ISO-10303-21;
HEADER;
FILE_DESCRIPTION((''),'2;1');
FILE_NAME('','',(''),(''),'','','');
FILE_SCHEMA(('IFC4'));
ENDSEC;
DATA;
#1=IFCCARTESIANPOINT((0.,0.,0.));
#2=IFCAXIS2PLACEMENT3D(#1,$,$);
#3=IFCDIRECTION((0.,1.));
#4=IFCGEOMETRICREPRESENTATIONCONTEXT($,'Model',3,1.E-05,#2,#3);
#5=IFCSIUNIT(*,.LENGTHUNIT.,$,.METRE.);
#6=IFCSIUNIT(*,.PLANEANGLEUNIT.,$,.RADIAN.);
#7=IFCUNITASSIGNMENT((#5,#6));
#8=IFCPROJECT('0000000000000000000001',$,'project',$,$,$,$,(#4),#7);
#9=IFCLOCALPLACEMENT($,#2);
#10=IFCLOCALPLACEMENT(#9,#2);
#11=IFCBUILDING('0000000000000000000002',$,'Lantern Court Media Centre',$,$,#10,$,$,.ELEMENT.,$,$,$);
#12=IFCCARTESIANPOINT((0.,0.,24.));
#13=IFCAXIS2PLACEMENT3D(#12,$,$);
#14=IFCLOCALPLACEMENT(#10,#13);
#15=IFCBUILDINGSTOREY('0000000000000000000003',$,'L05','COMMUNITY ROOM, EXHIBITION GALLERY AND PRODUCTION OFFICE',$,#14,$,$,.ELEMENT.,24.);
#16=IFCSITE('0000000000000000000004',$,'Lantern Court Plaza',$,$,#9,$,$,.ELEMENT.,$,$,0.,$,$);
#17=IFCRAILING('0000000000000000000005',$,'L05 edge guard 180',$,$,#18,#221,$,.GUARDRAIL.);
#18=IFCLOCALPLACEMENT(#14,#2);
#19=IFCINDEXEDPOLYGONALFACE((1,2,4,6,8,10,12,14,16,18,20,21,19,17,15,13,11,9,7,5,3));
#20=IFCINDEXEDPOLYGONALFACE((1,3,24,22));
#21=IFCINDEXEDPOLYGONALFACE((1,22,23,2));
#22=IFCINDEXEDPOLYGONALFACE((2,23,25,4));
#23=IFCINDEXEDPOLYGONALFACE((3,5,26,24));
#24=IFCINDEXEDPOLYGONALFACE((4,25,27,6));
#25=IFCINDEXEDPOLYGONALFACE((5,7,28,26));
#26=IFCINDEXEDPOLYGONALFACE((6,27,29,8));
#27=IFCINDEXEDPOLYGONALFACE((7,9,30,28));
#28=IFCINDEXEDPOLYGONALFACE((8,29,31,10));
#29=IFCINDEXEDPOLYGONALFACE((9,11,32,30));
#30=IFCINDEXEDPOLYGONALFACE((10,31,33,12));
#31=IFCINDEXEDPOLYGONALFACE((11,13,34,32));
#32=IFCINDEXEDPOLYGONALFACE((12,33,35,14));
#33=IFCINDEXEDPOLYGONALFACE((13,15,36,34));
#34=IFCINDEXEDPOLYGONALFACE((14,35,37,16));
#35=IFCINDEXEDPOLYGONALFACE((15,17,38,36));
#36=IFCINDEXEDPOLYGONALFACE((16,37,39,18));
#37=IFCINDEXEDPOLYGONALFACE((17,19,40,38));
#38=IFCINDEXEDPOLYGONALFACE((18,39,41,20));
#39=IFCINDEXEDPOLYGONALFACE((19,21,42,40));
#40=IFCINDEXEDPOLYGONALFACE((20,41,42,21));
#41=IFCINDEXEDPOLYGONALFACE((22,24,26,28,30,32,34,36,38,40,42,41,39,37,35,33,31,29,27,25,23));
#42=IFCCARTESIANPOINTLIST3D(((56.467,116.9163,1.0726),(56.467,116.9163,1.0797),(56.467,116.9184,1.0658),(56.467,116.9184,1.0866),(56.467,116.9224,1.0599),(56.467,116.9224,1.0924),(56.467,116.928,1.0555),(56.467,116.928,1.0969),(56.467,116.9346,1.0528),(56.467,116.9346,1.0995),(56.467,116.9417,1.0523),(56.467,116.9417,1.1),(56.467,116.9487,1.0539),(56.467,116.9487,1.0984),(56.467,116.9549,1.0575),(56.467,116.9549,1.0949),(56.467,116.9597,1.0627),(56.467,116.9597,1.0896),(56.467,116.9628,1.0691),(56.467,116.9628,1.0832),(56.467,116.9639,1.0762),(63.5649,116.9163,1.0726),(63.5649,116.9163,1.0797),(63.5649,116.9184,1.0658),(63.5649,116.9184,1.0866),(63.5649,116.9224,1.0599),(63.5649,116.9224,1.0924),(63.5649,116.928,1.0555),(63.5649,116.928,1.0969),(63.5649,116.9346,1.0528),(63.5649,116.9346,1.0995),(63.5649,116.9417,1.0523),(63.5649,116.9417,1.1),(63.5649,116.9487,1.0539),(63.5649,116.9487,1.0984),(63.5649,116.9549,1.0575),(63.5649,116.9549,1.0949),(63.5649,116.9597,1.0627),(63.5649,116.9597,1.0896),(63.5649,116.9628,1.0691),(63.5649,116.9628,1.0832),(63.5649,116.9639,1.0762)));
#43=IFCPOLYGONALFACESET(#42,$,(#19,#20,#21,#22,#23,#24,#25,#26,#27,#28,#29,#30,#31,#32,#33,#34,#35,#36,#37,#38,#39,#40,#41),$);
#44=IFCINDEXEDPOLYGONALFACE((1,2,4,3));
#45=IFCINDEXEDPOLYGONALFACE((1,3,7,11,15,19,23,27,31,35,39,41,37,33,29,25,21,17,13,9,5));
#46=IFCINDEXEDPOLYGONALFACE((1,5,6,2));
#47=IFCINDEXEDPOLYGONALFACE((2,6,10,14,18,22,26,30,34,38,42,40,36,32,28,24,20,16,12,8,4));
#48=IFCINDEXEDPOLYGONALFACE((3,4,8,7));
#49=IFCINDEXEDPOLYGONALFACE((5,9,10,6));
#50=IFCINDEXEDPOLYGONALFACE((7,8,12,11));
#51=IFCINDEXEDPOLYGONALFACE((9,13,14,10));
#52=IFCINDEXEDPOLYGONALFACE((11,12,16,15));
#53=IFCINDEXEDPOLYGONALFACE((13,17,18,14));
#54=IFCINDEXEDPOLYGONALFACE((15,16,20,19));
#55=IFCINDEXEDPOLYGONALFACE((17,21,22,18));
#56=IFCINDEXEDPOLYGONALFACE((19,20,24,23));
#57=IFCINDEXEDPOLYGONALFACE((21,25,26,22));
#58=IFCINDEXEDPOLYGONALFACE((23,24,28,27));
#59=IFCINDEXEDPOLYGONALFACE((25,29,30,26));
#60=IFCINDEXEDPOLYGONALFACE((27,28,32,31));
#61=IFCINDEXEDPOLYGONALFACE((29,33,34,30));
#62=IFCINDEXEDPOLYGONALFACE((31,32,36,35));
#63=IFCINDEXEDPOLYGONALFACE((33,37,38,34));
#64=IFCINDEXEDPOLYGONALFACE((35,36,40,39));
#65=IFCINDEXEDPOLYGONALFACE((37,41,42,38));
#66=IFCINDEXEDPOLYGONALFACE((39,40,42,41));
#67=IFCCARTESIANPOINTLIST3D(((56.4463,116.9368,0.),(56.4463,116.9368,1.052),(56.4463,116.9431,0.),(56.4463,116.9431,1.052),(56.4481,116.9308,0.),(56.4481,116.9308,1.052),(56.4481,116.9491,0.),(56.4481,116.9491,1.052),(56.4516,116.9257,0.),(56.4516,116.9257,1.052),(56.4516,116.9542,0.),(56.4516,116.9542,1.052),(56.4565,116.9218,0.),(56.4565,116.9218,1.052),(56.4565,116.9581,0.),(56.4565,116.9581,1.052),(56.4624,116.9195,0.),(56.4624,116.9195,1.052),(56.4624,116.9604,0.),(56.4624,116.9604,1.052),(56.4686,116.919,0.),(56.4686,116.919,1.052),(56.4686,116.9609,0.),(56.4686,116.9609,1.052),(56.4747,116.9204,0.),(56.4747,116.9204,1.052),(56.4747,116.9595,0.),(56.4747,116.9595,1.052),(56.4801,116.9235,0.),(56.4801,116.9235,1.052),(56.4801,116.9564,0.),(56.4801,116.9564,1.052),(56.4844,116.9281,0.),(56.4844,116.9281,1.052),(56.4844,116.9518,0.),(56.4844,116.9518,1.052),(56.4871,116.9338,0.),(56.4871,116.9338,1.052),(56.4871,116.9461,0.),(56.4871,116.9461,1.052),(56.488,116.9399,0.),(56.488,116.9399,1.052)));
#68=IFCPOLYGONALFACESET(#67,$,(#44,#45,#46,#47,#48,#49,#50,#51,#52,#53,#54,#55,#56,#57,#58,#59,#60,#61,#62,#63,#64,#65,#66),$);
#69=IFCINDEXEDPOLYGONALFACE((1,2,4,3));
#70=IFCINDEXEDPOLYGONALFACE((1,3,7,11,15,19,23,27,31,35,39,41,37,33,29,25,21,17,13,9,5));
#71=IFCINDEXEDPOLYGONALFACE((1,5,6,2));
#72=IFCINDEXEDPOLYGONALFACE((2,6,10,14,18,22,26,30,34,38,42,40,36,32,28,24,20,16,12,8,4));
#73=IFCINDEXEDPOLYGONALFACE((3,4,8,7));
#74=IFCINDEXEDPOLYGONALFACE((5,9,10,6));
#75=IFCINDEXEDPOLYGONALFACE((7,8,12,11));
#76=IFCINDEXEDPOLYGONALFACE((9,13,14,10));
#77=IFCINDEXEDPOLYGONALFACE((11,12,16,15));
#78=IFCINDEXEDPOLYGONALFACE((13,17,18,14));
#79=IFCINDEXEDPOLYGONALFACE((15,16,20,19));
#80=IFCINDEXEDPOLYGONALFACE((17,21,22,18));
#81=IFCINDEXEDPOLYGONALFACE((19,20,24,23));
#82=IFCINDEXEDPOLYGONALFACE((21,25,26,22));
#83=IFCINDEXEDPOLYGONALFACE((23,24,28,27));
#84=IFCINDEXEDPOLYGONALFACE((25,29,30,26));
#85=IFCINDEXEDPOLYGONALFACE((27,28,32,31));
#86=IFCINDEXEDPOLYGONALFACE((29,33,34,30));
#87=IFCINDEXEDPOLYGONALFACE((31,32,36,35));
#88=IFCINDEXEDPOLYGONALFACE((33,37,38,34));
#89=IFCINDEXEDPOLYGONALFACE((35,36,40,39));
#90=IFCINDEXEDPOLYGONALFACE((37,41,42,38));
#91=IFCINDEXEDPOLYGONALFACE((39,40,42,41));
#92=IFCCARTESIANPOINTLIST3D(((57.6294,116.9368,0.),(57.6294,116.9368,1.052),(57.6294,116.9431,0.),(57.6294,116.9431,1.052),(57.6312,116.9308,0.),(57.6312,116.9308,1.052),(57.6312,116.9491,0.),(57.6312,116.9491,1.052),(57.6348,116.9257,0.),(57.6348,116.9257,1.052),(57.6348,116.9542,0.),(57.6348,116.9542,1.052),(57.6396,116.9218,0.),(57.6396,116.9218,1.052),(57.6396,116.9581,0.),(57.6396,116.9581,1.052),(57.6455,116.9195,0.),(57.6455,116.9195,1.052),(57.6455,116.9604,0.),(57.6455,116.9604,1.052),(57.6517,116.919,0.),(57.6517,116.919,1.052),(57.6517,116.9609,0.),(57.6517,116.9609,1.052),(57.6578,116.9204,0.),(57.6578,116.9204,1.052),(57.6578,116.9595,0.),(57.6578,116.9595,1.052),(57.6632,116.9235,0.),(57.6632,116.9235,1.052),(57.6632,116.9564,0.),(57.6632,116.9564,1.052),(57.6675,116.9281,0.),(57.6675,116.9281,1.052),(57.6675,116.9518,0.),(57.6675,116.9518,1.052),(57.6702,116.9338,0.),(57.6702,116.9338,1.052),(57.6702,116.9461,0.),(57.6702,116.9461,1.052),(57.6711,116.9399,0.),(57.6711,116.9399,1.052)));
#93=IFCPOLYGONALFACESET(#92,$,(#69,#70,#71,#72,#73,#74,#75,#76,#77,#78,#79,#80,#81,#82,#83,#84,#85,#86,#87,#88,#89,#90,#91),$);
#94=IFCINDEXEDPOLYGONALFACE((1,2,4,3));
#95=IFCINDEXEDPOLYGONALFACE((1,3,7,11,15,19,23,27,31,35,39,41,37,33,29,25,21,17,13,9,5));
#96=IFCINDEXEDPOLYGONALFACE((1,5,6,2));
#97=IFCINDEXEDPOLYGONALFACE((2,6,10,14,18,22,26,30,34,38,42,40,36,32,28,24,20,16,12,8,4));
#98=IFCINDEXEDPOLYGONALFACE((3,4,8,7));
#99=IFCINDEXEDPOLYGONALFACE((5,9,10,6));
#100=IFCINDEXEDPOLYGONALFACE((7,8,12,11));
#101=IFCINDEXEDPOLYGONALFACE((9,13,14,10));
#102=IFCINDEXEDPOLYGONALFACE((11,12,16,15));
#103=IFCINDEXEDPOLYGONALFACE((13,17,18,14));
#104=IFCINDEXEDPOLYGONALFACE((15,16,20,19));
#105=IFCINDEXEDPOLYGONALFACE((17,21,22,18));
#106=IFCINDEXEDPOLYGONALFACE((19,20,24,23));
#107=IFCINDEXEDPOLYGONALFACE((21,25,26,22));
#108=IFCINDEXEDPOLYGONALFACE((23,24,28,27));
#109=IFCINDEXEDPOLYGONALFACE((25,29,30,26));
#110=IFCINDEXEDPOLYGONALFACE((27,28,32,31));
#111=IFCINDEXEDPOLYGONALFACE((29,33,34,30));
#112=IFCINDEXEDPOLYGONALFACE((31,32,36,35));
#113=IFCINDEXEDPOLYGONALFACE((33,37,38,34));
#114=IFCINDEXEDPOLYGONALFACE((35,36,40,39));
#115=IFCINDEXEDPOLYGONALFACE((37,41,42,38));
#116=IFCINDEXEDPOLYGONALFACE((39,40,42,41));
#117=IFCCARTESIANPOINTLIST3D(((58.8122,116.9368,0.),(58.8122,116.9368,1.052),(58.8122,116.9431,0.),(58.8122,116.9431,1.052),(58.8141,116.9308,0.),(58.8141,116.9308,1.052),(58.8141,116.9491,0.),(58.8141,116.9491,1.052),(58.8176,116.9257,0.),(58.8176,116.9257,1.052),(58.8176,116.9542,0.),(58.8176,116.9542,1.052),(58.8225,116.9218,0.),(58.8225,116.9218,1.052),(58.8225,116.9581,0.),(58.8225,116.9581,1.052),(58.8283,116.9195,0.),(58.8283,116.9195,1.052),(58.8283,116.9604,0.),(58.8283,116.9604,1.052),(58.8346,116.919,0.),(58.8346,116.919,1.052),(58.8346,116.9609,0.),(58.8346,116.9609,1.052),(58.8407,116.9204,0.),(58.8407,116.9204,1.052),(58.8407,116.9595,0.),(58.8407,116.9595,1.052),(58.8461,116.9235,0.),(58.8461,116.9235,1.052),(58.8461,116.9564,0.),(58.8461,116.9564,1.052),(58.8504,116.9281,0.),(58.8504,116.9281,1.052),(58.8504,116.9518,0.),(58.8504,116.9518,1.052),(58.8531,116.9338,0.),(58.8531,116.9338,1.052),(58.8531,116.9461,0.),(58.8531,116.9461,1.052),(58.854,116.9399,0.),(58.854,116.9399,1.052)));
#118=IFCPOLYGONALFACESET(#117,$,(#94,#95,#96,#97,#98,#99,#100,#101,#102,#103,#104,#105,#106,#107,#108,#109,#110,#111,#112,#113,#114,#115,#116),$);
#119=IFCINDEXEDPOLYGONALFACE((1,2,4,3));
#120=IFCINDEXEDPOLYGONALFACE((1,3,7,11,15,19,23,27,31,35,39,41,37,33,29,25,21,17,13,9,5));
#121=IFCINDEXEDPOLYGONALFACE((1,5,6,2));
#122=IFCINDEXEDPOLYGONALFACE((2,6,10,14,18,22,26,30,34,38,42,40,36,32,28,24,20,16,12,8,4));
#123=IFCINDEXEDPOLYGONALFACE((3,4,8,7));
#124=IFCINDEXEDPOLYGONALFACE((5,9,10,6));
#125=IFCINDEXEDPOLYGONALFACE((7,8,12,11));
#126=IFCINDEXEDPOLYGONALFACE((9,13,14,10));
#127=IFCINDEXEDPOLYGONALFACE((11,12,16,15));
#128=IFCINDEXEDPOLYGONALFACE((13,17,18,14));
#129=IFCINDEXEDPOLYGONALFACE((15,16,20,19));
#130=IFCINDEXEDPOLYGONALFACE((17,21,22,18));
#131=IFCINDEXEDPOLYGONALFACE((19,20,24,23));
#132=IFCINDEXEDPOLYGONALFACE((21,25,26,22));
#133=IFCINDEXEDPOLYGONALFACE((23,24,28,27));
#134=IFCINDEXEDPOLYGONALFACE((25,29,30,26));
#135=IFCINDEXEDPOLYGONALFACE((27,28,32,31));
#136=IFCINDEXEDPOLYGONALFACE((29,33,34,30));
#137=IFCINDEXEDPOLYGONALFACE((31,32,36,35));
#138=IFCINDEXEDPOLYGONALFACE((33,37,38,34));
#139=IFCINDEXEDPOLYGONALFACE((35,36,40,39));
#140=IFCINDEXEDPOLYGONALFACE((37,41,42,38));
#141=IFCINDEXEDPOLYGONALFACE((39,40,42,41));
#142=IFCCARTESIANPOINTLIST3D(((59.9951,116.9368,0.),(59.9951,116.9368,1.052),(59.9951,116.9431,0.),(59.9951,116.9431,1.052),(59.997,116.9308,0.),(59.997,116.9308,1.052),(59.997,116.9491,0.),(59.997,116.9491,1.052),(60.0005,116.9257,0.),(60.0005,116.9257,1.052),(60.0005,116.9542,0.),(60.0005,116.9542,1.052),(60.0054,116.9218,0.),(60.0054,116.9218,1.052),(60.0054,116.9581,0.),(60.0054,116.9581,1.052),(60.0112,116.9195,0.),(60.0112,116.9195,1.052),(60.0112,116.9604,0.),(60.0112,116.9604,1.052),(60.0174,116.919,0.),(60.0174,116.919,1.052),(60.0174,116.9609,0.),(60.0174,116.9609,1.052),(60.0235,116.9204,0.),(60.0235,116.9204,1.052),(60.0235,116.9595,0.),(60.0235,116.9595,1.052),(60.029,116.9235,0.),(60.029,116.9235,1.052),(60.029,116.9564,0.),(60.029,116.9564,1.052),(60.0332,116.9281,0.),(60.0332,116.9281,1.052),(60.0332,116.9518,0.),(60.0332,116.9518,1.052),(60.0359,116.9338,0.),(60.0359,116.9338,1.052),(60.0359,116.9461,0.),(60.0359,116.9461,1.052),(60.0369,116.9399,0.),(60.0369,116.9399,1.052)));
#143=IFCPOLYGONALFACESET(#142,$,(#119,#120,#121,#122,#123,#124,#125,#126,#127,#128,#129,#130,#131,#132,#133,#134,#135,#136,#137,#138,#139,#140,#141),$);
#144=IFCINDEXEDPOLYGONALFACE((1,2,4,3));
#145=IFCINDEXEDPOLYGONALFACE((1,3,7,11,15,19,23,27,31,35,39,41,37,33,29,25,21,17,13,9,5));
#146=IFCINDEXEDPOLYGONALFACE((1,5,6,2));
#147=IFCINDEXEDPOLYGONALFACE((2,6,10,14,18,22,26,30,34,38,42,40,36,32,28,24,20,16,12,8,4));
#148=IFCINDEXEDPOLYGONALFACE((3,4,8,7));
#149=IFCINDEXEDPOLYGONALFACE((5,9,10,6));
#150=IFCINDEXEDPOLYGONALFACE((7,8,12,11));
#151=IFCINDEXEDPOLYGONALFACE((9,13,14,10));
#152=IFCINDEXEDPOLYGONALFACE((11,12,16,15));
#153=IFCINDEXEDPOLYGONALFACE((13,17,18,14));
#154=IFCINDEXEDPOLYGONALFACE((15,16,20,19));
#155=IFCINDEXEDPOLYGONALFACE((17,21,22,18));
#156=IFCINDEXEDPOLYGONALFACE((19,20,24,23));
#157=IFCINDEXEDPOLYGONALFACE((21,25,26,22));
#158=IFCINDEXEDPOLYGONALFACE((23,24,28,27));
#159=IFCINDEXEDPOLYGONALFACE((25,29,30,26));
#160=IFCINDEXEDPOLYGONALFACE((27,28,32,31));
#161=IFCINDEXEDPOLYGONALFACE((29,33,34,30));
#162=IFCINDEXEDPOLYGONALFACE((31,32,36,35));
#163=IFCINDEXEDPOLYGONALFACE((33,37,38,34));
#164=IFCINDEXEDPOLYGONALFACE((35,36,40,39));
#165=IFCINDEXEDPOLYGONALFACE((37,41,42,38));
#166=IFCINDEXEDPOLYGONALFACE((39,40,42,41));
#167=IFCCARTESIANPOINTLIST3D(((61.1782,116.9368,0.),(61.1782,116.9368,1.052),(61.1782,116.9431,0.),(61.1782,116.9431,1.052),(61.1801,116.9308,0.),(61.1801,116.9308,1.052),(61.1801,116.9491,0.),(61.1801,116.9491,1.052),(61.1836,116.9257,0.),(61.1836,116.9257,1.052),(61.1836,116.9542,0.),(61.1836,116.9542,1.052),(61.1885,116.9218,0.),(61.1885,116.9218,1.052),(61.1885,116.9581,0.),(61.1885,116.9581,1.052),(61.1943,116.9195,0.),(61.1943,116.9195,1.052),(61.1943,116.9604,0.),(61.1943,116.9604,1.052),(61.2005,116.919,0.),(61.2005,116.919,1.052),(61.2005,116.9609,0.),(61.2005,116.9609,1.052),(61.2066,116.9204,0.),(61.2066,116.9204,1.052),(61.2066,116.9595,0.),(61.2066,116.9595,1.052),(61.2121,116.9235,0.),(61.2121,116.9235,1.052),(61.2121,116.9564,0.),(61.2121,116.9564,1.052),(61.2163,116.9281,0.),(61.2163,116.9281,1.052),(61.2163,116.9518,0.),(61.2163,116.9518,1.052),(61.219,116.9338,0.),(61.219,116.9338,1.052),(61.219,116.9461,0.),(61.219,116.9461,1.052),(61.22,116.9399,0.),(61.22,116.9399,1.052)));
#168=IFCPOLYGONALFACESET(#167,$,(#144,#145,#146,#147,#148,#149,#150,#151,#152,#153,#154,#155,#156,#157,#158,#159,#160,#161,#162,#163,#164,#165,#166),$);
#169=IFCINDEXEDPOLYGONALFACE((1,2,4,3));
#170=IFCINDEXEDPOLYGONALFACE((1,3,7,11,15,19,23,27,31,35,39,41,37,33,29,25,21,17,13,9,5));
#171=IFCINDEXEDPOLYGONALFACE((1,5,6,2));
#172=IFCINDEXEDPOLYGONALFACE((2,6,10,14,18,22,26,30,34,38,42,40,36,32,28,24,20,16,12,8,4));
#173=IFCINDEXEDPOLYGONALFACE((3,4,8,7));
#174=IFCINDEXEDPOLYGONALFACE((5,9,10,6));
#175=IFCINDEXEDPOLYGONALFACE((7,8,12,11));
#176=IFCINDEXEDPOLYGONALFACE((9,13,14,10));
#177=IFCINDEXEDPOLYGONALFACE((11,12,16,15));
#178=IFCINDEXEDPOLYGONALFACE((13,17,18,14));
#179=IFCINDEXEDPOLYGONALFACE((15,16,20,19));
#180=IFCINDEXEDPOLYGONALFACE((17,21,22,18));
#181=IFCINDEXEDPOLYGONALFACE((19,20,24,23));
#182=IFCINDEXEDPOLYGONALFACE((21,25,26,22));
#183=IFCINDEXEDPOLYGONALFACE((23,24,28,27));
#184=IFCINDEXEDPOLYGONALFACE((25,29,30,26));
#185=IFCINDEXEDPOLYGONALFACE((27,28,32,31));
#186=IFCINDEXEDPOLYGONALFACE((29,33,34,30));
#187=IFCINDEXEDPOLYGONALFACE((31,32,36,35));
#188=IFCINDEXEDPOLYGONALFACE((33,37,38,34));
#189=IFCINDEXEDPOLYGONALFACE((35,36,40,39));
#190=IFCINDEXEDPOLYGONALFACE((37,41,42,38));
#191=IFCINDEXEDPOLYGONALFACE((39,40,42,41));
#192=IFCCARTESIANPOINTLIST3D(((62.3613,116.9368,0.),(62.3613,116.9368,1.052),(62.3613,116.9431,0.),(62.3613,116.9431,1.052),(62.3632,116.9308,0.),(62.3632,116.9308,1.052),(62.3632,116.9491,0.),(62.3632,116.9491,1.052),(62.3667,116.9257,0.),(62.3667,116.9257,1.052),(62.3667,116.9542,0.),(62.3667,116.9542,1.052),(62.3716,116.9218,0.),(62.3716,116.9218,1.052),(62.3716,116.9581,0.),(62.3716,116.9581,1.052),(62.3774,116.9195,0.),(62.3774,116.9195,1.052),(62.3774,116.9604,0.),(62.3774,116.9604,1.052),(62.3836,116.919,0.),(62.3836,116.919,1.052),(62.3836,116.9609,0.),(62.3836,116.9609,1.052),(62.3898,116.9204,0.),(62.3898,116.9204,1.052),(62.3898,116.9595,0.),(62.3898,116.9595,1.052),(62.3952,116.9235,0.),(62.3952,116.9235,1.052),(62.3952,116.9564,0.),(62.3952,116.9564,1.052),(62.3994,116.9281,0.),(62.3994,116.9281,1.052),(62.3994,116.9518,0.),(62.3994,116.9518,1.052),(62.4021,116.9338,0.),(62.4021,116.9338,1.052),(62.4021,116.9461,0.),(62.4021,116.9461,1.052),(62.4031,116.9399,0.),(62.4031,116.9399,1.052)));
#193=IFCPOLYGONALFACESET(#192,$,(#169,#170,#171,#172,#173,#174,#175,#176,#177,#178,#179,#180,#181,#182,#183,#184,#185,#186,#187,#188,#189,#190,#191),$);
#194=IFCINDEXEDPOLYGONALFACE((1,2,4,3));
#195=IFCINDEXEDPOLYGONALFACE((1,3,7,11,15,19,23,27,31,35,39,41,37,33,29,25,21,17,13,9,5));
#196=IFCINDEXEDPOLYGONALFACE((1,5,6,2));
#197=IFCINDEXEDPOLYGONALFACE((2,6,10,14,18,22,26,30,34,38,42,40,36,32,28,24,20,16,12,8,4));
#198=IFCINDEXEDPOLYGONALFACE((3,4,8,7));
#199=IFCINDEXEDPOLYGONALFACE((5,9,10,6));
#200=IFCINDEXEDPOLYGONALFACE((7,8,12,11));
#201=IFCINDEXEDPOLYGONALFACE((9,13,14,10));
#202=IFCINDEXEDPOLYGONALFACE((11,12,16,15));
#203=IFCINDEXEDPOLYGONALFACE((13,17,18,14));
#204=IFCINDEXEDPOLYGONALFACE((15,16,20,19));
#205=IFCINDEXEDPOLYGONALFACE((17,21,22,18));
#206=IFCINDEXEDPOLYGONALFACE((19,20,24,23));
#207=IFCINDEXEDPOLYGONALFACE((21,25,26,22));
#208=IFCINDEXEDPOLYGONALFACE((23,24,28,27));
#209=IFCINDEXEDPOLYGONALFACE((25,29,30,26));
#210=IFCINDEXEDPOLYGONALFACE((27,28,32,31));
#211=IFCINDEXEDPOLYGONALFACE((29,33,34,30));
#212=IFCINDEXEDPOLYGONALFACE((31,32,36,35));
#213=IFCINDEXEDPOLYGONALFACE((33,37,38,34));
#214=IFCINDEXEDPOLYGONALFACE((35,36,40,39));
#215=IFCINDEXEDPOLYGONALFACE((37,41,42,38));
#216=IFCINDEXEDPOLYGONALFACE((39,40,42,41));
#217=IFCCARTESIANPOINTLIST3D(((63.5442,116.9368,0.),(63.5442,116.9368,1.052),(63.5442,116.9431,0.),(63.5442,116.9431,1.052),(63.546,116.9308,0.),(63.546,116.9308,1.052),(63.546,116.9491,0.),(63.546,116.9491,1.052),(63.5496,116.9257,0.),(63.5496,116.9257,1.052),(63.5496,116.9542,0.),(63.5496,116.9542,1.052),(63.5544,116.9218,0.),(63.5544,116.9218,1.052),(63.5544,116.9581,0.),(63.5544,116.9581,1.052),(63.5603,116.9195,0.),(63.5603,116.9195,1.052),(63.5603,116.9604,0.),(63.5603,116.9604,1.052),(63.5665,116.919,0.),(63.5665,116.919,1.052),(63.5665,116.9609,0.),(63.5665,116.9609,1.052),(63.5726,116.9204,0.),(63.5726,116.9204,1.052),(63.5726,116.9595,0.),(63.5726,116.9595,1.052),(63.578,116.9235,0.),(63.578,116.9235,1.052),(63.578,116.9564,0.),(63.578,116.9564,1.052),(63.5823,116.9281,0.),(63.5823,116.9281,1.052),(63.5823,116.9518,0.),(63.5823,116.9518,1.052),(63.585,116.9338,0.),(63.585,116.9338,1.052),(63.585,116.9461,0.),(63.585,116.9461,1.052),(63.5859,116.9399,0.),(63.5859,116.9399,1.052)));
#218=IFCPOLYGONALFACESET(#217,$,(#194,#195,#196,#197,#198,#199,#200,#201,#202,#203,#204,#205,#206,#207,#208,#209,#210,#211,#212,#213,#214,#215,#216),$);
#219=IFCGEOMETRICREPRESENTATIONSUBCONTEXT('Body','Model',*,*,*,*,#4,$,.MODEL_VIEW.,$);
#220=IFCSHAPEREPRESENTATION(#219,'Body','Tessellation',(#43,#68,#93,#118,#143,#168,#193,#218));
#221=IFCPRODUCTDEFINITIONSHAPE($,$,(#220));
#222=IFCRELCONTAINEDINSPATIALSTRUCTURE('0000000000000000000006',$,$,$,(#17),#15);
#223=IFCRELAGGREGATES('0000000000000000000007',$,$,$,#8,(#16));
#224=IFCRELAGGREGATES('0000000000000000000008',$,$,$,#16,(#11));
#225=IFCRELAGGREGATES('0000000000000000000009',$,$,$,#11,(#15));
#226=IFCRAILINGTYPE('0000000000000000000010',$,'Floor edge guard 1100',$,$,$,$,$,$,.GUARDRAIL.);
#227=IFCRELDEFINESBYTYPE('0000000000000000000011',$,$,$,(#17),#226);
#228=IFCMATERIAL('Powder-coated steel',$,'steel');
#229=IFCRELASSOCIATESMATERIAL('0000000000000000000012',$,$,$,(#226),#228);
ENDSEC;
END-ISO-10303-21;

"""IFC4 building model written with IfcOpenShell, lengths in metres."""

from ifc_helpers import new_model, si_unit, direction, frame, origin, origin_2d, place, context, subcontext, project, spatial, circle, extrude, material, type_object, element, save


model = new_model("IFC4")

# Units and contexts
model_context = context("Model", 3, precision=1e-05, world=origin(), true_north=direction((0.0, 1.0)))
body_context = subcontext(model_context, "Body", "Model", "MODEL_VIEW")
ifc_project = project(units=[si_unit("LENGTHUNIT", "METRE"), si_unit("PLANEANGLEUNIT", "RADIAN")], contexts=[model_context])

# Site, building, storey
site_placement = place(None, origin())
site = spatial("IfcSite", under=ifc_project, at=site_placement, Name="Lantern Court Plaza", CompositionType="ELEMENT", RefElevation=0.0)
building_placement = place(site_placement, origin())
building = spatial("IfcBuilding", under=site, at=building_placement, Name="Lantern Court Media Centre", CompositionType="ELEMENT")
storey_placement = place(building_placement, frame((0.0, 0.0, 24.0)))
storey = spatial("IfcBuildingStorey", under=building, at=storey_placement, Name="L05", Description="COMMUNITY ROOM, EXHIBITION GALLERY AND PRODUCTION OFFICE", CompositionType="ELEMENT", Elevation=24.0)

# Railing
ifc_material_1 = material(Name="Powder-coated steel", Category="steel")
railing_type = type_object("IfcRailingType", Name="Floor edge guard 1100", PredefinedType="GUARDRAIL", material=ifc_material_1)
railing_placement = place(storey_placement, frame((56.467, 116.9399, 0.0)))
element("IfcRailing", 1, at=railing_placement, inside=storey, type_object=railing_type, Name="L05 edge guard 180", PredefinedType="GUARDRAIL", context=body_context, shape_type="SweptSolid", body=[
    extrude(circle(Radius=0.0239, at=origin_2d()), frame((0.0, 0.0, 1.0762), z_axis=(1.0, 0.0, 0.0), x_axis=(0.0, 1.0, 0.0)), (0.0, 0.0, 1.0), 7.0979),
    extrude(circle(Radius=0.021, at=origin_2d()), origin(), (0.0, 0.0, 1.0), 1.052),
    extrude(circle(Radius=0.021, at=origin_2d()), frame((1.1831, 0.0, 0.0)), (0.0, 0.0, 1.0), 1.052),
    extrude(circle(Radius=0.021, at=origin_2d()), frame((2.366, 0.0, 0.0)), (0.0, 0.0, 1.0), 1.052),
    extrude(circle(Radius=0.021, at=origin_2d()), frame((3.5488, 0.0, 0.0)), (0.0, 0.0, 1.0), 1.052),
    extrude(circle(Radius=0.021, at=origin_2d()), frame((4.7319, 0.0, 0.0)), (0.0, 0.0, 1.0), 1.052),
    extrude(circle(Radius=0.021, at=origin_2d()), frame((5.915, 0.0, 0.0)), (0.0, 0.0, 1.0), 1.052),
    extrude(circle(Radius=0.021, at=origin_2d()), frame((7.0979, 0.0, 0.0)), (0.0, 0.0, 1.0), 1.052),
])

save(model, "model.ifc")
